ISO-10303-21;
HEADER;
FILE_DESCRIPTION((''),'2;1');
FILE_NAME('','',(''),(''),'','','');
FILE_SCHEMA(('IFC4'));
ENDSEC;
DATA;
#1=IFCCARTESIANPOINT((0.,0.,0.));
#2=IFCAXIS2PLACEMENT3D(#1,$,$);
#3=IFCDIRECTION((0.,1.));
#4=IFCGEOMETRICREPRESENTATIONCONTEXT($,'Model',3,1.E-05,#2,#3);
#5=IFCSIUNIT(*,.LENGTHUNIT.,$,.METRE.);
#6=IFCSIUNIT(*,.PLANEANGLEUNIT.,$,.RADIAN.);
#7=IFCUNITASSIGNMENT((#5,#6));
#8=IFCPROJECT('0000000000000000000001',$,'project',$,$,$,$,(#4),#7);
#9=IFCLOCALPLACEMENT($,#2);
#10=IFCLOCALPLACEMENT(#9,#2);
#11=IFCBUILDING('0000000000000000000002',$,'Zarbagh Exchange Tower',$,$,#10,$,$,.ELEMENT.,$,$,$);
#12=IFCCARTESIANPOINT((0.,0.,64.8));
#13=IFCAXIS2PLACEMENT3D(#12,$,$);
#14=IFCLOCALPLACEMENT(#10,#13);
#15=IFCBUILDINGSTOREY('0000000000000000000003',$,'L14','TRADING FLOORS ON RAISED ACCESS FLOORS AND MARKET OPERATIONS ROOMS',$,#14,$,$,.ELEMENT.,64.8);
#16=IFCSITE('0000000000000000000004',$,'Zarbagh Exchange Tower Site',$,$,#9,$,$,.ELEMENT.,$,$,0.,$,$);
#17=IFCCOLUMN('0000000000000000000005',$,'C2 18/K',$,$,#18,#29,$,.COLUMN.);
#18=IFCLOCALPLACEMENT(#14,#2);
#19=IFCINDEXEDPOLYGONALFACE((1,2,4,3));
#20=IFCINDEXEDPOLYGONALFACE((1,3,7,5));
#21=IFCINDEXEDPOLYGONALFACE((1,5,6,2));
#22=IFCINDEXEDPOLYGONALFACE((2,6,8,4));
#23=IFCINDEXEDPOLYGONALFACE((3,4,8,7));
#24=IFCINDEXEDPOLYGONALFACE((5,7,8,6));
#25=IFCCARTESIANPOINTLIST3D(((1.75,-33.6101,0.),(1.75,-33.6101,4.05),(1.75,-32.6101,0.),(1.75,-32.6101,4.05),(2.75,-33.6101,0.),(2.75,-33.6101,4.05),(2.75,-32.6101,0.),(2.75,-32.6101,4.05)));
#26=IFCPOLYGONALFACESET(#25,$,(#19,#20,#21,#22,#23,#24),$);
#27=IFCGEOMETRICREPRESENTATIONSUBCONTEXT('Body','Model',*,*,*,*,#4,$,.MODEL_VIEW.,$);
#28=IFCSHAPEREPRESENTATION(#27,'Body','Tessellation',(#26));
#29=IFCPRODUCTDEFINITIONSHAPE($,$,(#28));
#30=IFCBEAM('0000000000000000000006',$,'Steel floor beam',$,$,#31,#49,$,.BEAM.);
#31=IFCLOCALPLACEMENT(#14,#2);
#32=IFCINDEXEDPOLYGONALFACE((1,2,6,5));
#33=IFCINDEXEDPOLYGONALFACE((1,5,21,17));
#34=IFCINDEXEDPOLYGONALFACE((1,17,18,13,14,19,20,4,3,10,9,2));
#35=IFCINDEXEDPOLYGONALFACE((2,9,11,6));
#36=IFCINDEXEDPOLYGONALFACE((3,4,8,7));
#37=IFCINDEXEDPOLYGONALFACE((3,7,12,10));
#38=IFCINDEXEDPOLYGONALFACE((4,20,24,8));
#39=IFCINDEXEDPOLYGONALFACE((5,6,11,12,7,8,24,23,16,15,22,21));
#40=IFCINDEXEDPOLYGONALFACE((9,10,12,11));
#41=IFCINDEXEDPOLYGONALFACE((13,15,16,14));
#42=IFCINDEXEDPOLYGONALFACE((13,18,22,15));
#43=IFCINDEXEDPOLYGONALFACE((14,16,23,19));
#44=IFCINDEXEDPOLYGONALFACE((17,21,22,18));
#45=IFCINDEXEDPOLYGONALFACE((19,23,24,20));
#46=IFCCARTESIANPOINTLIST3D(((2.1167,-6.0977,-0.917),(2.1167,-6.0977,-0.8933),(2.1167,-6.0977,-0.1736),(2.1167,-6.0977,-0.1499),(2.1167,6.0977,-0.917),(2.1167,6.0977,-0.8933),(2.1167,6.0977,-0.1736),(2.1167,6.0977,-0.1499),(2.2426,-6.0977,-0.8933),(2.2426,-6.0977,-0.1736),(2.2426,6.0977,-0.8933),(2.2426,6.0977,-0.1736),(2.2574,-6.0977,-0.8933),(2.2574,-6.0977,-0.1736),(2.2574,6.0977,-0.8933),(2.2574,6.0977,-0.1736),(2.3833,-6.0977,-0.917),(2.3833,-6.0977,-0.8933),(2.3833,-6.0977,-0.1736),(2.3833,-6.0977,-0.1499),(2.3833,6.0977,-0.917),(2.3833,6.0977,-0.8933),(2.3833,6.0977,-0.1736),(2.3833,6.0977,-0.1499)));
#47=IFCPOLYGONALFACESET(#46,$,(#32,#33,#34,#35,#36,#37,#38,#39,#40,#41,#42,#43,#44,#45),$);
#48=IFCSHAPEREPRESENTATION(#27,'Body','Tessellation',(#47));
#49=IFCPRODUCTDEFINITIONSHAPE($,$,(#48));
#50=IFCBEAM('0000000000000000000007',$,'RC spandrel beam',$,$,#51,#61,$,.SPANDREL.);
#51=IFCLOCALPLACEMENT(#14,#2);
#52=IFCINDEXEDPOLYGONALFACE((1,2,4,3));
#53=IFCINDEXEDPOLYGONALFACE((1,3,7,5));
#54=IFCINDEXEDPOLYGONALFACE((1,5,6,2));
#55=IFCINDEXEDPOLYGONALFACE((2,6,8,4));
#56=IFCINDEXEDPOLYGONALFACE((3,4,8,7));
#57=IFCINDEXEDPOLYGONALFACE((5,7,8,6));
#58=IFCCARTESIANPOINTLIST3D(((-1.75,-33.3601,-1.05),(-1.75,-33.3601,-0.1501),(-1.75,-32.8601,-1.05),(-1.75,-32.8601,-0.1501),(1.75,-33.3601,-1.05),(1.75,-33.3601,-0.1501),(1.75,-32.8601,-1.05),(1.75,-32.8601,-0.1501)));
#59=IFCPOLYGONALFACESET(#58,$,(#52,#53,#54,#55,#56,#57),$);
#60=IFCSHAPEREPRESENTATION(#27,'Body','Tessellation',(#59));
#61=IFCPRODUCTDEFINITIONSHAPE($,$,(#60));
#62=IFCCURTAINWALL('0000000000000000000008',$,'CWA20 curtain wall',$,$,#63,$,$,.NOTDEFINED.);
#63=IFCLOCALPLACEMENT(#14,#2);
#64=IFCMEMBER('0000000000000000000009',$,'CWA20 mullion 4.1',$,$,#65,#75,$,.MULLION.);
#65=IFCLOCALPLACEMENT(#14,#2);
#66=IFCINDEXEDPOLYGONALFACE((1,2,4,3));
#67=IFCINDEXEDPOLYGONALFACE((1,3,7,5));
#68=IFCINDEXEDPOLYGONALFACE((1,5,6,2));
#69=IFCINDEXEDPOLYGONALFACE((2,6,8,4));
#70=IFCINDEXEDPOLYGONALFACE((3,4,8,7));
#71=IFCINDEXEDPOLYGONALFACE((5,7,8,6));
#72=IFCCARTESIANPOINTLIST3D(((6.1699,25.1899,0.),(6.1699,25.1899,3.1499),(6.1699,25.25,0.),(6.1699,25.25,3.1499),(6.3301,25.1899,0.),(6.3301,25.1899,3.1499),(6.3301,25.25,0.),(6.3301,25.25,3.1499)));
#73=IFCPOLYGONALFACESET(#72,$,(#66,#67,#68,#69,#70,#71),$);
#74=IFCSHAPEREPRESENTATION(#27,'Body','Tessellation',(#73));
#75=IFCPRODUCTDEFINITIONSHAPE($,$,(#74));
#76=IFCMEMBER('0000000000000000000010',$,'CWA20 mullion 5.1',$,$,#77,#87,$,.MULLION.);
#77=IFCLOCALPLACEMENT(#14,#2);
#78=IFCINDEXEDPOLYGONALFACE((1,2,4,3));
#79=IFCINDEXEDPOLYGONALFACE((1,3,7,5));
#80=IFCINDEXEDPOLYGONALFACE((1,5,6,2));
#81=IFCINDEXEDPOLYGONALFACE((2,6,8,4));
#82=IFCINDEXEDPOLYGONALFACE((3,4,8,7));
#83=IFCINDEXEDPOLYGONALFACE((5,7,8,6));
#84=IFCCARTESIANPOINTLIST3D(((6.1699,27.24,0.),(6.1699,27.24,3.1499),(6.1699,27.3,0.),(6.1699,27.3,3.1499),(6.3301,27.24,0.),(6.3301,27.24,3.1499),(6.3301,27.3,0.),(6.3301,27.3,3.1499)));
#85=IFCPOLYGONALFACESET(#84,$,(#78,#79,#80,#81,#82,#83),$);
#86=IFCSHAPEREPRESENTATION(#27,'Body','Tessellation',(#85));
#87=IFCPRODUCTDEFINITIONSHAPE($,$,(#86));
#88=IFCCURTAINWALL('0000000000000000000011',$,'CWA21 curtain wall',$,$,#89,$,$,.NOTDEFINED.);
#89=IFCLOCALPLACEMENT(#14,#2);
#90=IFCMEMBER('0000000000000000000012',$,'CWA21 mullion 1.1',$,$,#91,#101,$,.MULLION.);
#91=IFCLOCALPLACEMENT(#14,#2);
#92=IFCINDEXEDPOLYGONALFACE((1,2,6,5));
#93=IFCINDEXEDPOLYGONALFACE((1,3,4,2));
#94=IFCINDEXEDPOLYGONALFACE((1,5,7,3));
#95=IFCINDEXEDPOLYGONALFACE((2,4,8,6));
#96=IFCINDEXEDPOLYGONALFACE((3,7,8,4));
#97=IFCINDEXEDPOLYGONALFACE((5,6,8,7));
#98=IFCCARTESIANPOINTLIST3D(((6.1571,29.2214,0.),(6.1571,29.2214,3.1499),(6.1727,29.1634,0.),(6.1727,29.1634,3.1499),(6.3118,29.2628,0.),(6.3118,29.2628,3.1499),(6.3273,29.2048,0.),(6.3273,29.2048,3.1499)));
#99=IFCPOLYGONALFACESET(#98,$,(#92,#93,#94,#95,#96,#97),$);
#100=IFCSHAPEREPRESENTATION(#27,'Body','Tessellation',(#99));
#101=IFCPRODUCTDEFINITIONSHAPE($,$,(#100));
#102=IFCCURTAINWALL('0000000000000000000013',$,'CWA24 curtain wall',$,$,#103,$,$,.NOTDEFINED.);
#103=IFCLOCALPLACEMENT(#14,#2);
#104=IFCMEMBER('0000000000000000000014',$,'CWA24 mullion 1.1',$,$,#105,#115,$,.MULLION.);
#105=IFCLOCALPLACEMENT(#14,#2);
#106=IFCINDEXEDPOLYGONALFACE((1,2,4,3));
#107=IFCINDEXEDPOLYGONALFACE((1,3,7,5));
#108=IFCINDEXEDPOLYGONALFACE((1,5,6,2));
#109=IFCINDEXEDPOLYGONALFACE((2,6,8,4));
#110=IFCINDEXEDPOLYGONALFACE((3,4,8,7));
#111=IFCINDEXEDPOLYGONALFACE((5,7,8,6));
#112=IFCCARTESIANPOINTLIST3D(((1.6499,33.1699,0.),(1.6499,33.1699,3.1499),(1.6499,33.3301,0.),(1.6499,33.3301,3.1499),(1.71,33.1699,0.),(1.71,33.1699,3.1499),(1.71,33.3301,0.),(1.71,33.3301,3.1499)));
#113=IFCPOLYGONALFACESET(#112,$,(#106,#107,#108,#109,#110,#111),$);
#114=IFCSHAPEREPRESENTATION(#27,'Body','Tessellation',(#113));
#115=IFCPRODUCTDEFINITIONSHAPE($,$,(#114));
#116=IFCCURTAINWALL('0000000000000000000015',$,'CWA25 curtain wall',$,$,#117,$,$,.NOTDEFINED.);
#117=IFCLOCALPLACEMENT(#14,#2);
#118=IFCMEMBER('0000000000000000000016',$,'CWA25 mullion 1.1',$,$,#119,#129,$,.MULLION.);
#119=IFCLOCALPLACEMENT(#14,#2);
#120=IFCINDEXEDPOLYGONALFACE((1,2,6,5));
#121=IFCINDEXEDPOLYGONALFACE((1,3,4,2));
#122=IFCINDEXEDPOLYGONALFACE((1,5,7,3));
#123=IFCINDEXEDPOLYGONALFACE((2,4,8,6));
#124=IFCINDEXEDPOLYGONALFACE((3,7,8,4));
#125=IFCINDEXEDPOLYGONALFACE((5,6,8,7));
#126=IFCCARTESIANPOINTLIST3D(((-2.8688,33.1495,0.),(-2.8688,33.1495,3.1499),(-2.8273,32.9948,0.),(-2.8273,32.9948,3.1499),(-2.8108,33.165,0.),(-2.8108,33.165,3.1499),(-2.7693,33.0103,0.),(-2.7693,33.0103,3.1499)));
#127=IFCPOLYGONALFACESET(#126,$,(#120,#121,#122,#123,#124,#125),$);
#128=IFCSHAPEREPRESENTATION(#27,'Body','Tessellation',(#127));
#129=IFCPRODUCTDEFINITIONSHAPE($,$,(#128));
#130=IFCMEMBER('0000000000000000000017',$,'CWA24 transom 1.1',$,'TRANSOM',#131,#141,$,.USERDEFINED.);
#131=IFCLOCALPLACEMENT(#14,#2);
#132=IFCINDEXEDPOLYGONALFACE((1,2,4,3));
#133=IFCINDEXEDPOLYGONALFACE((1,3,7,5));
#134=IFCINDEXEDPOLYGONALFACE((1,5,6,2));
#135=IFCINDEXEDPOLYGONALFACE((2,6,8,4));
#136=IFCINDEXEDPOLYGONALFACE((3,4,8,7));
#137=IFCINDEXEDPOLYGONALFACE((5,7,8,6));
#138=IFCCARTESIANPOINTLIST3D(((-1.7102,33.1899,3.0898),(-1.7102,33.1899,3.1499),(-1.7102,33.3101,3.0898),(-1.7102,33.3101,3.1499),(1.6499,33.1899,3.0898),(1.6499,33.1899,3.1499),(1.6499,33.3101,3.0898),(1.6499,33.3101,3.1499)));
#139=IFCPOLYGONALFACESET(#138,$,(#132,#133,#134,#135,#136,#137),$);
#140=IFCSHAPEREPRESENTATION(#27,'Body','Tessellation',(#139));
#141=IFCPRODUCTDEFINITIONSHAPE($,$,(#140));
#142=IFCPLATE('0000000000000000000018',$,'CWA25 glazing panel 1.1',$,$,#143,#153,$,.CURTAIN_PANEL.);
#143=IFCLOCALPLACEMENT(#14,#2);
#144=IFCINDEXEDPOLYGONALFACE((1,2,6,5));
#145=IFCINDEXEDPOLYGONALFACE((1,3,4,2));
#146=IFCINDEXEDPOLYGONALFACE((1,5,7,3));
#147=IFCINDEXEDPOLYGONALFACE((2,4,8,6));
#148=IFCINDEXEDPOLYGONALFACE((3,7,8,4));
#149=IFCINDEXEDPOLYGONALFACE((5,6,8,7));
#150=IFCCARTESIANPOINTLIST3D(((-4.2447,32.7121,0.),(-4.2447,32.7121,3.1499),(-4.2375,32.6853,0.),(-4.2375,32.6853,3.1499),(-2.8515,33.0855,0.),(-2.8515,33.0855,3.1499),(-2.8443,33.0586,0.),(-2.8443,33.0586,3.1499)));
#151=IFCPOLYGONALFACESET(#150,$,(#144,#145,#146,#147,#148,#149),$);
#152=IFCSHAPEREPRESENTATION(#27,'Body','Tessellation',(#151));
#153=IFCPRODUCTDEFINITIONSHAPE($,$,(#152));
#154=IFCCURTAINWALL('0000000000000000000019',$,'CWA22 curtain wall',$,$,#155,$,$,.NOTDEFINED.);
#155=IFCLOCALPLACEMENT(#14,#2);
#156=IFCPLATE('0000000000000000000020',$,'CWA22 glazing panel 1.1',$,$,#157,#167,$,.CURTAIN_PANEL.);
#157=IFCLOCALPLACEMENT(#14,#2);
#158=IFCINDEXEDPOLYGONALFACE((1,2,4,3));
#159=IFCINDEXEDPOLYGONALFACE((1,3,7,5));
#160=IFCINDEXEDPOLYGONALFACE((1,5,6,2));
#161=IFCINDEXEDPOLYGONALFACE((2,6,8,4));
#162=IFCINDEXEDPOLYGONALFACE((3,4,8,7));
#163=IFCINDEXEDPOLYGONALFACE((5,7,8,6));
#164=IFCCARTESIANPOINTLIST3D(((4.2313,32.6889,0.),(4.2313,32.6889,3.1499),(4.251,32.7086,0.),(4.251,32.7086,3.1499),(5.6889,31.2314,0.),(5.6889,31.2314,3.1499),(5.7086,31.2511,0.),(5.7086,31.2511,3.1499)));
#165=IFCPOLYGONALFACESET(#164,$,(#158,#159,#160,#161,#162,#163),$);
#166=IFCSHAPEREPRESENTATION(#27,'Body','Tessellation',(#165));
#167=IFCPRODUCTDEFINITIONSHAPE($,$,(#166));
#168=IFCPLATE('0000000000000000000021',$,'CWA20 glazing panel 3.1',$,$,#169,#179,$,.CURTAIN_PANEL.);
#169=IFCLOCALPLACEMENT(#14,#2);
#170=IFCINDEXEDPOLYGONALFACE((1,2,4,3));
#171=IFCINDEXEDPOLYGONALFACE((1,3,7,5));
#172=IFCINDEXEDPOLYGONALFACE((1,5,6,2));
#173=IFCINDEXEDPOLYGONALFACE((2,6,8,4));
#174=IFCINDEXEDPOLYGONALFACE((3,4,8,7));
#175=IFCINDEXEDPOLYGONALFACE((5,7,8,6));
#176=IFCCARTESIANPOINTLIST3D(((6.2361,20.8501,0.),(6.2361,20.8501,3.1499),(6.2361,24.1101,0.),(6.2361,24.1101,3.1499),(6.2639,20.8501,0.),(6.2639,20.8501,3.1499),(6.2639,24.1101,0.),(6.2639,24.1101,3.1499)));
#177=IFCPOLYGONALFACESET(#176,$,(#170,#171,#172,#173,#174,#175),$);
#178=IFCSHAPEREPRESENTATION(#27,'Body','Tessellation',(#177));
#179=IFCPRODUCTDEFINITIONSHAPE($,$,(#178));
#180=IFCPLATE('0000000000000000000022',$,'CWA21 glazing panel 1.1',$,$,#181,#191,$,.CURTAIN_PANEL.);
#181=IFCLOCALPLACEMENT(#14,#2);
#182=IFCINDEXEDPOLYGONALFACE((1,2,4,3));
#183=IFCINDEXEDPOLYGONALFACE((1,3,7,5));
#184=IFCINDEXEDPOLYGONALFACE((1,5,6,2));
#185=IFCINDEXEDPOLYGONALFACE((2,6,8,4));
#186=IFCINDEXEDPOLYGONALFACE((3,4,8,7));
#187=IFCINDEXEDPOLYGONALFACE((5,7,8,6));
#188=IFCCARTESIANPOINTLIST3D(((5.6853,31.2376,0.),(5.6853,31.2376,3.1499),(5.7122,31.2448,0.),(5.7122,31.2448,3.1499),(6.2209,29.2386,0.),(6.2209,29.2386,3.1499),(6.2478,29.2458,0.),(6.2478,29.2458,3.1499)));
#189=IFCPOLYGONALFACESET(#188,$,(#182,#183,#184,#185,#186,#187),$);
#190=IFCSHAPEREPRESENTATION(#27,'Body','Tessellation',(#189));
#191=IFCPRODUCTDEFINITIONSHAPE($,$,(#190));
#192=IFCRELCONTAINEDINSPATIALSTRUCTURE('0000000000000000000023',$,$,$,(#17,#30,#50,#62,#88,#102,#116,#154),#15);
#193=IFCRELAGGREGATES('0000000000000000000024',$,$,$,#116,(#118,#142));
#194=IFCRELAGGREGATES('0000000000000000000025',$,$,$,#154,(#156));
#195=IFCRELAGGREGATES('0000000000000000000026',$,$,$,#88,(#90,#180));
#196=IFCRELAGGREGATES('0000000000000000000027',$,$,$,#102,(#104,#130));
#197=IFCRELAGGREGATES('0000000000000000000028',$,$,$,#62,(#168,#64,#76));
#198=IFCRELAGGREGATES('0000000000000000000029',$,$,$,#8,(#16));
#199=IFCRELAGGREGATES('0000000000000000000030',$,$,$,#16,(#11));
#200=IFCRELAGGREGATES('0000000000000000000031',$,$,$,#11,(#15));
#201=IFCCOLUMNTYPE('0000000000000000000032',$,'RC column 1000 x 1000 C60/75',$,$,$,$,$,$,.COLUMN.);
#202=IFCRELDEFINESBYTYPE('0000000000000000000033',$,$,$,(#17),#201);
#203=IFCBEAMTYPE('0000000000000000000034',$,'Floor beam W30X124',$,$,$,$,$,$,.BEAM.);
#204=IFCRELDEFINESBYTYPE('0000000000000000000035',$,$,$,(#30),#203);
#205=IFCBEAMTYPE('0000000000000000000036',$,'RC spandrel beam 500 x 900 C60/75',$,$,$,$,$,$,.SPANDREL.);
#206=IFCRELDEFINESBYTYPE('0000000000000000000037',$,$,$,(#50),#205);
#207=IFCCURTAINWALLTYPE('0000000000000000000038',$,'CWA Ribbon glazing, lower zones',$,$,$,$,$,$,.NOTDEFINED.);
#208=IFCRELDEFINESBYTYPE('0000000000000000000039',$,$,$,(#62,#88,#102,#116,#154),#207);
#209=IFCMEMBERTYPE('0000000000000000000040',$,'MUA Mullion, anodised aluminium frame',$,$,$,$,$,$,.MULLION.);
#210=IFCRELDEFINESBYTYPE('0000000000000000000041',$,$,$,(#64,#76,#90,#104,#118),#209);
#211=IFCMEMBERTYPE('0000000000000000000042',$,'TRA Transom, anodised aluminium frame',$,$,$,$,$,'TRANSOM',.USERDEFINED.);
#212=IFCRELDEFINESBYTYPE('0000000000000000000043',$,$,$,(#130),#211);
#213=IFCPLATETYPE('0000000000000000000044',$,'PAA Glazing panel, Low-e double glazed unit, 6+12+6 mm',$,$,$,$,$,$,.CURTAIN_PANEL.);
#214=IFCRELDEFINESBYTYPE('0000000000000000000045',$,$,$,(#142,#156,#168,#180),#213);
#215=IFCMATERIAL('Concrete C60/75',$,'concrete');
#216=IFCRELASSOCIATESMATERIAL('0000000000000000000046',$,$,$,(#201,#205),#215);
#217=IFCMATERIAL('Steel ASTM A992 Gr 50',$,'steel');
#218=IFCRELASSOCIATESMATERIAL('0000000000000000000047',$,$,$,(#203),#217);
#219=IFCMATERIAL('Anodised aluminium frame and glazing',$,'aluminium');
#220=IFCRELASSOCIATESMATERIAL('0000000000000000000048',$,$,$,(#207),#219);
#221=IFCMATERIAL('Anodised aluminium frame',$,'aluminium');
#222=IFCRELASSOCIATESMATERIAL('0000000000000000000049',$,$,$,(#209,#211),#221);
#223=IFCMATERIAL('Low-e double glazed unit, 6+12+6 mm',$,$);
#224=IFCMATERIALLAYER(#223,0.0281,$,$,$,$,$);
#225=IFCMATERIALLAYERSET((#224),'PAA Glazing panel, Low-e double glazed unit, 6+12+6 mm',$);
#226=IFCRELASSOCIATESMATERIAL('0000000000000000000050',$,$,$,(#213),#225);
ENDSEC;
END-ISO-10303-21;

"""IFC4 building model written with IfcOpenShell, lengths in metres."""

from ifc_helpers import new_model, si_unit, direction, frame, origin, origin_2d, place, context, subcontext, project, spatial, polyline, rectangle, i_section, outline, extrude, source, transform, mapped, material, layer, layer_set, material_profile, profile_set, type_object, element, aggregate, save


model = new_model("IFC4")

# Units and contexts
model_context = context("Model", 3, precision=1e-05, world=origin(), true_north=direction((0.0, 1.0)))
body_context = subcontext(model_context, "Body", "Model", "MODEL_VIEW")
ifc_project = project(units=[si_unit("LENGTHUNIT", "METRE"), si_unit("PLANEANGLEUNIT", "RADIAN")], contexts=[model_context])

# Site, building, storey
site_placement = place(None, origin())
site = spatial("IfcSite", under=ifc_project, at=site_placement, Name="Zarbagh Exchange Tower Site", CompositionType="ELEMENT", RefElevation=0.0)
building_placement = place(site_placement, origin())
building = spatial("IfcBuilding", under=site, at=building_placement, Name="Zarbagh Exchange Tower", CompositionType="ELEMENT")
storey_placement = place(building_placement, frame((0.0, 0.0, 64.8)))
storey = spatial("IfcBuildingStorey", under=building, at=storey_placement, Name="L14", Description="TRADING FLOORS ON RAISED ACCESS FLOORS AND MARKET OPERATIONS ROOMS", CompositionType="ELEMENT", Elevation=64.8)

# Column
ifc_material_1 = material(Name="Concrete C60/75", Category="concrete")
ifc_material_profile_1 = material_profile(ifc_material_1, rectangle(XDim=1.0, YDim=1.0, at=origin_2d()), Name="RC column 1000 x 1000 C60/75")
ifc_profile_set_1 = profile_set([ifc_material_profile_1], Name="Concrete C60/75")
column_type = type_object("IfcColumnType", Name="RC column 1000 x 1000 C60/75", PredefinedType="COLUMN", material=ifc_profile_set_1)
column_placement = place(storey_placement, frame((2.25, -33.1101, 0.0), z_axis=(0.0, 0.0, 1.0), x_axis=(1.0, 0.0, 0.0)))
element("IfcColumn", 1, at=column_placement, inside=storey, type_object=column_type, Name="C2 18/K", PredefinedType="COLUMN", context=body_context, shape_type="SweptSolid", body=[
    extrude(rectangle(XDim=1.0, YDim=1.0, at=origin_2d()), origin(), (0.0, 0.0, 1.0), 4.05),
])

# Beams
ifc_material_2 = material(Name="Steel ASTM A992 Gr 50", Category="steel")
ifc_material_profile_2 = material_profile(ifc_material_2, i_section(OverallWidth=0.2666, OverallDepth=0.7671, WebThickness=0.0149, FlangeThickness=0.0237, at=origin_2d()), Name="W30X124")
ifc_profile_set_2 = profile_set([ifc_material_profile_2], Name="Steel ASTM A992 Gr 50")
beam_type_1 = type_object("IfcBeamType", Name="Floor beam W30X124", PredefinedType="BEAM", material=ifc_profile_set_2)
beam_1_placement = place(storey_placement, frame((2.25, -6.0977, -0.5334), z_axis=(0.0, 1.0, 0.0), x_axis=(-1.0, 0.0, 0.0)))
element("IfcBeam", 2, at=beam_1_placement, inside=storey, type_object=beam_type_1, Name="Steel floor beam", PredefinedType="BEAM", context=body_context, shape_type="SweptSolid", body=[
    extrude(i_section(OverallWidth=0.2666, OverallDepth=0.7671, WebThickness=0.0149, FlangeThickness=0.0237, at=origin_2d()), origin(), (0.0, 0.0, 1.0), 12.1953),
])
ifc_material_profile_3 = material_profile(ifc_material_1, rectangle(XDim=0.5, YDim=0.8999, at=origin_2d()), Name="RC spandrel beam 500 x 900 C60/75")
ifc_profile_set_3 = profile_set([ifc_material_profile_3], Name="Concrete C60/75")
beam_type_2 = type_object("IfcBeamType", Name="RC spandrel beam 500 x 900 C60/75", PredefinedType="SPANDREL", material=ifc_profile_set_3)
beam_2_placement = place(storey_placement, frame((1.75, -33.1101, -0.6001), z_axis=(-1.0, 0.0, 0.0), x_axis=(0.0, -1.0, 0.0)))
element("IfcBeam", 3, at=beam_2_placement, inside=storey, type_object=beam_type_2, Name="RC spandrel beam", PredefinedType="SPANDREL", context=body_context, shape_type="SweptSolid", body=[
    extrude(rectangle(XDim=0.5, YDim=0.8999, at=origin_2d()), origin(), (0.0, 0.0, 1.0), 3.5),
])

# Curtain wall, members
ifc_material_3 = material(Name="Anodised aluminium frame and glazing", Category="aluminium")
curtain_wall_type = type_object("IfcCurtainWallType", Name="CWA Ribbon glazing, lower zones", PredefinedType="NOTDEFINED", material=ifc_material_3)
curtain_wall_1_placement = place(storey_placement, origin())
curtain_wall_1 = element("IfcCurtainWall", 4, at=curtain_wall_1_placement, inside=storey, type_object=curtain_wall_type, Name="CWA20 curtain wall", PredefinedType="NOTDEFINED")
ifc_material_4 = material(Name="Anodised aluminium frame", Category="aluminium")
member_type_1 = type_object("IfcMemberType", Name="MUA Mullion, anodised aluminium frame", PredefinedType="MULLION", material=ifc_material_4)
shared_shape_1 = source(origin(), body_context, "Body", "SweptSolid", [
    extrude(outline(polyline([(0.0, -0.0801), (0.0601, -0.0801), (0.0601, 0.0801), (0.0, 0.0801), (0.0, -0.0801)])), origin(), (0.0, 0.0, 1.0), 3.1499),
])
placement = place(storey_placement, origin())
member_1 = element("IfcMember", 5, at=placement, type_object=member_type_1, Name="CWA20 mullion 4.1", PredefinedType="MULLION", context=body_context, shape_type="MappedRepresentation", body=[
    mapped(shared_shape_1, transform((6.25, 25.1899, 0.0), x_axis=(0.0, 1.0, 0.0), y_axis=(-1.0, 0.0, 0.0), z_axis=(0.0, 0.0, 1.0))),
])
member_2 = element("IfcMember", 6, at=placement, type_object=member_type_1, Name="CWA20 mullion 5.1", PredefinedType="MULLION", context=body_context, shape_type="MappedRepresentation", body=[
    mapped(shared_shape_1, transform((6.25, 27.24, 0.0), x_axis=(0.0, 1.0, 0.0), y_axis=(-1.0, 0.0, 0.0), z_axis=(0.0, 0.0, 1.0))),
])

# Curtain walls, members
curtain_wall_2_placement = place(storey_placement, origin())
curtain_wall_2 = element("IfcCurtainWall", 7, at=curtain_wall_2_placement, inside=storey, type_object=curtain_wall_type, Name="CWA21 curtain wall", PredefinedType="NOTDEFINED")
member_3 = element("IfcMember", 8, at=placement, type_object=member_type_1, Name="CWA21 mullion 1.1", PredefinedType="MULLION", context=body_context, shape_type="MappedRepresentation", body=[
    mapped(shared_shape_1, transform((6.25, 29.1841, 0.0), x_axis=(-0.258825, 0.965924, 0.0), y_axis=(-0.965924, -0.258825, 0.0), z_axis=(0.0, 0.0, 1.0))),
])
curtain_wall_3_placement = place(storey_placement, origin())
curtain_wall_3 = element("IfcCurtainWall", 9, at=curtain_wall_3_placement, inside=storey, type_object=curtain_wall_type, Name="CWA24 curtain wall", PredefinedType="NOTDEFINED")
member_4 = element("IfcMember", 10, at=placement, type_object=member_type_1, Name="CWA24 mullion 1.1", PredefinedType="MULLION", context=body_context, shape_type="MappedRepresentation", body=[
    mapped(shared_shape_1, transform((1.71, 33.25, 0.0), x_axis=(-1.0, 0.0, 0.0), y_axis=(0.0, -1.0, 0.0), z_axis=(0.0, 0.0, 1.0))),
])
curtain_wall_4_placement = place(storey_placement, origin())
curtain_wall_4 = element("IfcCurtainWall", 11, at=curtain_wall_4_placement, inside=storey, type_object=curtain_wall_type, Name="CWA25 curtain wall", PredefinedType="NOTDEFINED")
member_5 = element("IfcMember", 12, at=placement, type_object=member_type_1, Name="CWA25 mullion 1.1", PredefinedType="MULLION", context=body_context, shape_type="MappedRepresentation", body=[
    mapped(shared_shape_1, transform((-2.79, 33.0876, 0.0), x_axis=(-0.965924, -0.258825, 0.0), y_axis=(0.258825, -0.965924, 0.0), z_axis=(0.0, 0.0, 1.0))),
])

# Member
member_type_2 = type_object("IfcMemberType", Name="TRA Transom, anodised aluminium frame", ElementType="TRANSOM", PredefinedType="USERDEFINED", material=ifc_material_4)
shared_shape_2 = source(origin(), body_context, "Body", "SweptSolid", [
    extrude(outline(polyline([(-0.0601, -0.0601), (0.0, -0.0601), (0.0, 0.0601), (-0.0601, 0.0601), (-0.0601, -0.0601)])), origin(), (0.0, 0.0, 1.0), 3.3601),
])
member_6 = element("IfcMember", 13, at=placement, type_object=member_type_2, Name="CWA24 transom 1.1", ObjectType="TRANSOM", PredefinedType="USERDEFINED", context=body_context, shape_type="MappedRepresentation", body=[
    mapped(shared_shape_2, transform((1.6499, 33.25, 3.1499), x_axis=(0.0, 0.0, 1.0), y_axis=(0.0, 1.0, 0.0), z_axis=(-1.0, 0.0, 0.0))),
])

# Plate
ifc_material_5 = material(Name="Low-e double glazed unit, 6+12+6 mm")
ifc_layer_1 = layer(ifc_material_5, 0.0281)
ifc_layer_set_1 = layer_set([ifc_layer_1], Name="PAA Glazing panel, Low-e double glazed unit, 6+12+6 mm")
plate_type = type_object("IfcPlateType", Name="PAA Glazing panel, Low-e double glazed unit, 6+12+6 mm", PredefinedType="CURTAIN_PANEL", material=ifc_layer_set_1)
shared_shape_3 = source(origin(), body_context, "Body", "SweptSolid", [
    extrude(outline(polyline([(0.0, -0.0139), (1.4424, -0.0139), (1.4424, 0.0139), (0.0, 0.0139), (0.0, -0.0139)])), origin(), (0.0, 0.0, 1.0), 3.1499),
])
plate_1 = element("IfcPlate", 14, at=placement, type_object=plate_type, Name="CWA25 glazing panel 1.1", PredefinedType="CURTAIN_PANEL", context=body_context, shape_type="MappedRepresentation", body=[
    mapped(shared_shape_3, transform((-2.8479, 33.072, 0.0), x_axis=(-0.965924, -0.258825, 0.0), y_axis=(0.258825, -0.965924, 0.0), z_axis=(0.0, 0.0, 1.0))),
])
aggregate(curtain_wall_4, [member_5, plate_1])

# Curtain wall, plate
curtain_wall_5_placement = place(storey_placement, origin())
curtain_wall_5 = element("IfcCurtainWall", 15, at=curtain_wall_5_placement, inside=storey, type_object=curtain_wall_type, Name="CWA22 curtain wall", PredefinedType="NOTDEFINED")
shared_shape_4 = source(origin(), body_context, "Body", "SweptSolid", [
    extrude(outline(polyline([(0.0, -0.0139), (2.0613, -0.0139), (2.0613, 0.0139), (0.0, 0.0139), (0.0, -0.0139)])), origin(), (0.0, 0.0, 1.0), 3.1499),
])
plate_2 = element("IfcPlate", 16, at=placement, type_object=plate_type, Name="CWA22 glazing panel 1.1", PredefinedType="CURTAIN_PANEL", context=body_context, shape_type="MappedRepresentation", body=[
    mapped(shared_shape_4, transform((5.6987, 31.2412, 0.0), x_axis=(-0.707107, 0.707107, 0.0), y_axis=(-0.707107, -0.707107, 0.0), z_axis=(0.0, 0.0, 1.0))),
])
aggregate(curtain_wall_5, [plate_2])

# Plates
shared_shape_5 = source(origin(), body_context, "Body", "SweptSolid", [
    extrude(outline(polyline([(0.0, -0.0139), (3.26, -0.0139), (3.26, 0.0139), (0.0, 0.0139), (0.0, -0.0139)])), origin(), (0.0, 0.0, 1.0), 3.1499),
])
plate_3 = element("IfcPlate", 17, at=placement, type_object=plate_type, Name="CWA20 glazing panel 3.1", PredefinedType="CURTAIN_PANEL", context=body_context, shape_type="MappedRepresentation", body=[
    mapped(shared_shape_5, transform((6.25, 20.8501, 0.0), x_axis=(0.0, 1.0, 0.0), y_axis=(-1.0, 0.0, 0.0), z_axis=(0.0, 0.0, 1.0))),
])
shared_shape_6 = source(origin(), body_context, "Body", "SweptSolid", [
    extrude(outline(polyline([(0.0, -0.0139), (2.0696, -0.0139), (2.0696, 0.0139), (0.0, 0.0139), (0.0, -0.0139)])), origin(), (0.0, 0.0, 1.0), 3.1499),
])
plate_4 = element("IfcPlate", 18, at=placement, type_object=plate_type, Name="CWA21 glazing panel 1.1", PredefinedType="CURTAIN_PANEL", context=body_context, shape_type="MappedRepresentation", body=[
    mapped(shared_shape_6, transform((6.2344, 29.2422, 0.0), x_axis=(-0.258825, 0.965924, 0.0), y_axis=(-0.965924, -0.258825, 0.0), z_axis=(0.0, 0.0, 1.0))),
])
aggregate(curtain_wall_2, [member_3, plate_4])

aggregate(curtain_wall_3, [member_4, member_6])
aggregate(curtain_wall_1, [plate_3, member_1, member_2])

save(model, "model.ifc")
